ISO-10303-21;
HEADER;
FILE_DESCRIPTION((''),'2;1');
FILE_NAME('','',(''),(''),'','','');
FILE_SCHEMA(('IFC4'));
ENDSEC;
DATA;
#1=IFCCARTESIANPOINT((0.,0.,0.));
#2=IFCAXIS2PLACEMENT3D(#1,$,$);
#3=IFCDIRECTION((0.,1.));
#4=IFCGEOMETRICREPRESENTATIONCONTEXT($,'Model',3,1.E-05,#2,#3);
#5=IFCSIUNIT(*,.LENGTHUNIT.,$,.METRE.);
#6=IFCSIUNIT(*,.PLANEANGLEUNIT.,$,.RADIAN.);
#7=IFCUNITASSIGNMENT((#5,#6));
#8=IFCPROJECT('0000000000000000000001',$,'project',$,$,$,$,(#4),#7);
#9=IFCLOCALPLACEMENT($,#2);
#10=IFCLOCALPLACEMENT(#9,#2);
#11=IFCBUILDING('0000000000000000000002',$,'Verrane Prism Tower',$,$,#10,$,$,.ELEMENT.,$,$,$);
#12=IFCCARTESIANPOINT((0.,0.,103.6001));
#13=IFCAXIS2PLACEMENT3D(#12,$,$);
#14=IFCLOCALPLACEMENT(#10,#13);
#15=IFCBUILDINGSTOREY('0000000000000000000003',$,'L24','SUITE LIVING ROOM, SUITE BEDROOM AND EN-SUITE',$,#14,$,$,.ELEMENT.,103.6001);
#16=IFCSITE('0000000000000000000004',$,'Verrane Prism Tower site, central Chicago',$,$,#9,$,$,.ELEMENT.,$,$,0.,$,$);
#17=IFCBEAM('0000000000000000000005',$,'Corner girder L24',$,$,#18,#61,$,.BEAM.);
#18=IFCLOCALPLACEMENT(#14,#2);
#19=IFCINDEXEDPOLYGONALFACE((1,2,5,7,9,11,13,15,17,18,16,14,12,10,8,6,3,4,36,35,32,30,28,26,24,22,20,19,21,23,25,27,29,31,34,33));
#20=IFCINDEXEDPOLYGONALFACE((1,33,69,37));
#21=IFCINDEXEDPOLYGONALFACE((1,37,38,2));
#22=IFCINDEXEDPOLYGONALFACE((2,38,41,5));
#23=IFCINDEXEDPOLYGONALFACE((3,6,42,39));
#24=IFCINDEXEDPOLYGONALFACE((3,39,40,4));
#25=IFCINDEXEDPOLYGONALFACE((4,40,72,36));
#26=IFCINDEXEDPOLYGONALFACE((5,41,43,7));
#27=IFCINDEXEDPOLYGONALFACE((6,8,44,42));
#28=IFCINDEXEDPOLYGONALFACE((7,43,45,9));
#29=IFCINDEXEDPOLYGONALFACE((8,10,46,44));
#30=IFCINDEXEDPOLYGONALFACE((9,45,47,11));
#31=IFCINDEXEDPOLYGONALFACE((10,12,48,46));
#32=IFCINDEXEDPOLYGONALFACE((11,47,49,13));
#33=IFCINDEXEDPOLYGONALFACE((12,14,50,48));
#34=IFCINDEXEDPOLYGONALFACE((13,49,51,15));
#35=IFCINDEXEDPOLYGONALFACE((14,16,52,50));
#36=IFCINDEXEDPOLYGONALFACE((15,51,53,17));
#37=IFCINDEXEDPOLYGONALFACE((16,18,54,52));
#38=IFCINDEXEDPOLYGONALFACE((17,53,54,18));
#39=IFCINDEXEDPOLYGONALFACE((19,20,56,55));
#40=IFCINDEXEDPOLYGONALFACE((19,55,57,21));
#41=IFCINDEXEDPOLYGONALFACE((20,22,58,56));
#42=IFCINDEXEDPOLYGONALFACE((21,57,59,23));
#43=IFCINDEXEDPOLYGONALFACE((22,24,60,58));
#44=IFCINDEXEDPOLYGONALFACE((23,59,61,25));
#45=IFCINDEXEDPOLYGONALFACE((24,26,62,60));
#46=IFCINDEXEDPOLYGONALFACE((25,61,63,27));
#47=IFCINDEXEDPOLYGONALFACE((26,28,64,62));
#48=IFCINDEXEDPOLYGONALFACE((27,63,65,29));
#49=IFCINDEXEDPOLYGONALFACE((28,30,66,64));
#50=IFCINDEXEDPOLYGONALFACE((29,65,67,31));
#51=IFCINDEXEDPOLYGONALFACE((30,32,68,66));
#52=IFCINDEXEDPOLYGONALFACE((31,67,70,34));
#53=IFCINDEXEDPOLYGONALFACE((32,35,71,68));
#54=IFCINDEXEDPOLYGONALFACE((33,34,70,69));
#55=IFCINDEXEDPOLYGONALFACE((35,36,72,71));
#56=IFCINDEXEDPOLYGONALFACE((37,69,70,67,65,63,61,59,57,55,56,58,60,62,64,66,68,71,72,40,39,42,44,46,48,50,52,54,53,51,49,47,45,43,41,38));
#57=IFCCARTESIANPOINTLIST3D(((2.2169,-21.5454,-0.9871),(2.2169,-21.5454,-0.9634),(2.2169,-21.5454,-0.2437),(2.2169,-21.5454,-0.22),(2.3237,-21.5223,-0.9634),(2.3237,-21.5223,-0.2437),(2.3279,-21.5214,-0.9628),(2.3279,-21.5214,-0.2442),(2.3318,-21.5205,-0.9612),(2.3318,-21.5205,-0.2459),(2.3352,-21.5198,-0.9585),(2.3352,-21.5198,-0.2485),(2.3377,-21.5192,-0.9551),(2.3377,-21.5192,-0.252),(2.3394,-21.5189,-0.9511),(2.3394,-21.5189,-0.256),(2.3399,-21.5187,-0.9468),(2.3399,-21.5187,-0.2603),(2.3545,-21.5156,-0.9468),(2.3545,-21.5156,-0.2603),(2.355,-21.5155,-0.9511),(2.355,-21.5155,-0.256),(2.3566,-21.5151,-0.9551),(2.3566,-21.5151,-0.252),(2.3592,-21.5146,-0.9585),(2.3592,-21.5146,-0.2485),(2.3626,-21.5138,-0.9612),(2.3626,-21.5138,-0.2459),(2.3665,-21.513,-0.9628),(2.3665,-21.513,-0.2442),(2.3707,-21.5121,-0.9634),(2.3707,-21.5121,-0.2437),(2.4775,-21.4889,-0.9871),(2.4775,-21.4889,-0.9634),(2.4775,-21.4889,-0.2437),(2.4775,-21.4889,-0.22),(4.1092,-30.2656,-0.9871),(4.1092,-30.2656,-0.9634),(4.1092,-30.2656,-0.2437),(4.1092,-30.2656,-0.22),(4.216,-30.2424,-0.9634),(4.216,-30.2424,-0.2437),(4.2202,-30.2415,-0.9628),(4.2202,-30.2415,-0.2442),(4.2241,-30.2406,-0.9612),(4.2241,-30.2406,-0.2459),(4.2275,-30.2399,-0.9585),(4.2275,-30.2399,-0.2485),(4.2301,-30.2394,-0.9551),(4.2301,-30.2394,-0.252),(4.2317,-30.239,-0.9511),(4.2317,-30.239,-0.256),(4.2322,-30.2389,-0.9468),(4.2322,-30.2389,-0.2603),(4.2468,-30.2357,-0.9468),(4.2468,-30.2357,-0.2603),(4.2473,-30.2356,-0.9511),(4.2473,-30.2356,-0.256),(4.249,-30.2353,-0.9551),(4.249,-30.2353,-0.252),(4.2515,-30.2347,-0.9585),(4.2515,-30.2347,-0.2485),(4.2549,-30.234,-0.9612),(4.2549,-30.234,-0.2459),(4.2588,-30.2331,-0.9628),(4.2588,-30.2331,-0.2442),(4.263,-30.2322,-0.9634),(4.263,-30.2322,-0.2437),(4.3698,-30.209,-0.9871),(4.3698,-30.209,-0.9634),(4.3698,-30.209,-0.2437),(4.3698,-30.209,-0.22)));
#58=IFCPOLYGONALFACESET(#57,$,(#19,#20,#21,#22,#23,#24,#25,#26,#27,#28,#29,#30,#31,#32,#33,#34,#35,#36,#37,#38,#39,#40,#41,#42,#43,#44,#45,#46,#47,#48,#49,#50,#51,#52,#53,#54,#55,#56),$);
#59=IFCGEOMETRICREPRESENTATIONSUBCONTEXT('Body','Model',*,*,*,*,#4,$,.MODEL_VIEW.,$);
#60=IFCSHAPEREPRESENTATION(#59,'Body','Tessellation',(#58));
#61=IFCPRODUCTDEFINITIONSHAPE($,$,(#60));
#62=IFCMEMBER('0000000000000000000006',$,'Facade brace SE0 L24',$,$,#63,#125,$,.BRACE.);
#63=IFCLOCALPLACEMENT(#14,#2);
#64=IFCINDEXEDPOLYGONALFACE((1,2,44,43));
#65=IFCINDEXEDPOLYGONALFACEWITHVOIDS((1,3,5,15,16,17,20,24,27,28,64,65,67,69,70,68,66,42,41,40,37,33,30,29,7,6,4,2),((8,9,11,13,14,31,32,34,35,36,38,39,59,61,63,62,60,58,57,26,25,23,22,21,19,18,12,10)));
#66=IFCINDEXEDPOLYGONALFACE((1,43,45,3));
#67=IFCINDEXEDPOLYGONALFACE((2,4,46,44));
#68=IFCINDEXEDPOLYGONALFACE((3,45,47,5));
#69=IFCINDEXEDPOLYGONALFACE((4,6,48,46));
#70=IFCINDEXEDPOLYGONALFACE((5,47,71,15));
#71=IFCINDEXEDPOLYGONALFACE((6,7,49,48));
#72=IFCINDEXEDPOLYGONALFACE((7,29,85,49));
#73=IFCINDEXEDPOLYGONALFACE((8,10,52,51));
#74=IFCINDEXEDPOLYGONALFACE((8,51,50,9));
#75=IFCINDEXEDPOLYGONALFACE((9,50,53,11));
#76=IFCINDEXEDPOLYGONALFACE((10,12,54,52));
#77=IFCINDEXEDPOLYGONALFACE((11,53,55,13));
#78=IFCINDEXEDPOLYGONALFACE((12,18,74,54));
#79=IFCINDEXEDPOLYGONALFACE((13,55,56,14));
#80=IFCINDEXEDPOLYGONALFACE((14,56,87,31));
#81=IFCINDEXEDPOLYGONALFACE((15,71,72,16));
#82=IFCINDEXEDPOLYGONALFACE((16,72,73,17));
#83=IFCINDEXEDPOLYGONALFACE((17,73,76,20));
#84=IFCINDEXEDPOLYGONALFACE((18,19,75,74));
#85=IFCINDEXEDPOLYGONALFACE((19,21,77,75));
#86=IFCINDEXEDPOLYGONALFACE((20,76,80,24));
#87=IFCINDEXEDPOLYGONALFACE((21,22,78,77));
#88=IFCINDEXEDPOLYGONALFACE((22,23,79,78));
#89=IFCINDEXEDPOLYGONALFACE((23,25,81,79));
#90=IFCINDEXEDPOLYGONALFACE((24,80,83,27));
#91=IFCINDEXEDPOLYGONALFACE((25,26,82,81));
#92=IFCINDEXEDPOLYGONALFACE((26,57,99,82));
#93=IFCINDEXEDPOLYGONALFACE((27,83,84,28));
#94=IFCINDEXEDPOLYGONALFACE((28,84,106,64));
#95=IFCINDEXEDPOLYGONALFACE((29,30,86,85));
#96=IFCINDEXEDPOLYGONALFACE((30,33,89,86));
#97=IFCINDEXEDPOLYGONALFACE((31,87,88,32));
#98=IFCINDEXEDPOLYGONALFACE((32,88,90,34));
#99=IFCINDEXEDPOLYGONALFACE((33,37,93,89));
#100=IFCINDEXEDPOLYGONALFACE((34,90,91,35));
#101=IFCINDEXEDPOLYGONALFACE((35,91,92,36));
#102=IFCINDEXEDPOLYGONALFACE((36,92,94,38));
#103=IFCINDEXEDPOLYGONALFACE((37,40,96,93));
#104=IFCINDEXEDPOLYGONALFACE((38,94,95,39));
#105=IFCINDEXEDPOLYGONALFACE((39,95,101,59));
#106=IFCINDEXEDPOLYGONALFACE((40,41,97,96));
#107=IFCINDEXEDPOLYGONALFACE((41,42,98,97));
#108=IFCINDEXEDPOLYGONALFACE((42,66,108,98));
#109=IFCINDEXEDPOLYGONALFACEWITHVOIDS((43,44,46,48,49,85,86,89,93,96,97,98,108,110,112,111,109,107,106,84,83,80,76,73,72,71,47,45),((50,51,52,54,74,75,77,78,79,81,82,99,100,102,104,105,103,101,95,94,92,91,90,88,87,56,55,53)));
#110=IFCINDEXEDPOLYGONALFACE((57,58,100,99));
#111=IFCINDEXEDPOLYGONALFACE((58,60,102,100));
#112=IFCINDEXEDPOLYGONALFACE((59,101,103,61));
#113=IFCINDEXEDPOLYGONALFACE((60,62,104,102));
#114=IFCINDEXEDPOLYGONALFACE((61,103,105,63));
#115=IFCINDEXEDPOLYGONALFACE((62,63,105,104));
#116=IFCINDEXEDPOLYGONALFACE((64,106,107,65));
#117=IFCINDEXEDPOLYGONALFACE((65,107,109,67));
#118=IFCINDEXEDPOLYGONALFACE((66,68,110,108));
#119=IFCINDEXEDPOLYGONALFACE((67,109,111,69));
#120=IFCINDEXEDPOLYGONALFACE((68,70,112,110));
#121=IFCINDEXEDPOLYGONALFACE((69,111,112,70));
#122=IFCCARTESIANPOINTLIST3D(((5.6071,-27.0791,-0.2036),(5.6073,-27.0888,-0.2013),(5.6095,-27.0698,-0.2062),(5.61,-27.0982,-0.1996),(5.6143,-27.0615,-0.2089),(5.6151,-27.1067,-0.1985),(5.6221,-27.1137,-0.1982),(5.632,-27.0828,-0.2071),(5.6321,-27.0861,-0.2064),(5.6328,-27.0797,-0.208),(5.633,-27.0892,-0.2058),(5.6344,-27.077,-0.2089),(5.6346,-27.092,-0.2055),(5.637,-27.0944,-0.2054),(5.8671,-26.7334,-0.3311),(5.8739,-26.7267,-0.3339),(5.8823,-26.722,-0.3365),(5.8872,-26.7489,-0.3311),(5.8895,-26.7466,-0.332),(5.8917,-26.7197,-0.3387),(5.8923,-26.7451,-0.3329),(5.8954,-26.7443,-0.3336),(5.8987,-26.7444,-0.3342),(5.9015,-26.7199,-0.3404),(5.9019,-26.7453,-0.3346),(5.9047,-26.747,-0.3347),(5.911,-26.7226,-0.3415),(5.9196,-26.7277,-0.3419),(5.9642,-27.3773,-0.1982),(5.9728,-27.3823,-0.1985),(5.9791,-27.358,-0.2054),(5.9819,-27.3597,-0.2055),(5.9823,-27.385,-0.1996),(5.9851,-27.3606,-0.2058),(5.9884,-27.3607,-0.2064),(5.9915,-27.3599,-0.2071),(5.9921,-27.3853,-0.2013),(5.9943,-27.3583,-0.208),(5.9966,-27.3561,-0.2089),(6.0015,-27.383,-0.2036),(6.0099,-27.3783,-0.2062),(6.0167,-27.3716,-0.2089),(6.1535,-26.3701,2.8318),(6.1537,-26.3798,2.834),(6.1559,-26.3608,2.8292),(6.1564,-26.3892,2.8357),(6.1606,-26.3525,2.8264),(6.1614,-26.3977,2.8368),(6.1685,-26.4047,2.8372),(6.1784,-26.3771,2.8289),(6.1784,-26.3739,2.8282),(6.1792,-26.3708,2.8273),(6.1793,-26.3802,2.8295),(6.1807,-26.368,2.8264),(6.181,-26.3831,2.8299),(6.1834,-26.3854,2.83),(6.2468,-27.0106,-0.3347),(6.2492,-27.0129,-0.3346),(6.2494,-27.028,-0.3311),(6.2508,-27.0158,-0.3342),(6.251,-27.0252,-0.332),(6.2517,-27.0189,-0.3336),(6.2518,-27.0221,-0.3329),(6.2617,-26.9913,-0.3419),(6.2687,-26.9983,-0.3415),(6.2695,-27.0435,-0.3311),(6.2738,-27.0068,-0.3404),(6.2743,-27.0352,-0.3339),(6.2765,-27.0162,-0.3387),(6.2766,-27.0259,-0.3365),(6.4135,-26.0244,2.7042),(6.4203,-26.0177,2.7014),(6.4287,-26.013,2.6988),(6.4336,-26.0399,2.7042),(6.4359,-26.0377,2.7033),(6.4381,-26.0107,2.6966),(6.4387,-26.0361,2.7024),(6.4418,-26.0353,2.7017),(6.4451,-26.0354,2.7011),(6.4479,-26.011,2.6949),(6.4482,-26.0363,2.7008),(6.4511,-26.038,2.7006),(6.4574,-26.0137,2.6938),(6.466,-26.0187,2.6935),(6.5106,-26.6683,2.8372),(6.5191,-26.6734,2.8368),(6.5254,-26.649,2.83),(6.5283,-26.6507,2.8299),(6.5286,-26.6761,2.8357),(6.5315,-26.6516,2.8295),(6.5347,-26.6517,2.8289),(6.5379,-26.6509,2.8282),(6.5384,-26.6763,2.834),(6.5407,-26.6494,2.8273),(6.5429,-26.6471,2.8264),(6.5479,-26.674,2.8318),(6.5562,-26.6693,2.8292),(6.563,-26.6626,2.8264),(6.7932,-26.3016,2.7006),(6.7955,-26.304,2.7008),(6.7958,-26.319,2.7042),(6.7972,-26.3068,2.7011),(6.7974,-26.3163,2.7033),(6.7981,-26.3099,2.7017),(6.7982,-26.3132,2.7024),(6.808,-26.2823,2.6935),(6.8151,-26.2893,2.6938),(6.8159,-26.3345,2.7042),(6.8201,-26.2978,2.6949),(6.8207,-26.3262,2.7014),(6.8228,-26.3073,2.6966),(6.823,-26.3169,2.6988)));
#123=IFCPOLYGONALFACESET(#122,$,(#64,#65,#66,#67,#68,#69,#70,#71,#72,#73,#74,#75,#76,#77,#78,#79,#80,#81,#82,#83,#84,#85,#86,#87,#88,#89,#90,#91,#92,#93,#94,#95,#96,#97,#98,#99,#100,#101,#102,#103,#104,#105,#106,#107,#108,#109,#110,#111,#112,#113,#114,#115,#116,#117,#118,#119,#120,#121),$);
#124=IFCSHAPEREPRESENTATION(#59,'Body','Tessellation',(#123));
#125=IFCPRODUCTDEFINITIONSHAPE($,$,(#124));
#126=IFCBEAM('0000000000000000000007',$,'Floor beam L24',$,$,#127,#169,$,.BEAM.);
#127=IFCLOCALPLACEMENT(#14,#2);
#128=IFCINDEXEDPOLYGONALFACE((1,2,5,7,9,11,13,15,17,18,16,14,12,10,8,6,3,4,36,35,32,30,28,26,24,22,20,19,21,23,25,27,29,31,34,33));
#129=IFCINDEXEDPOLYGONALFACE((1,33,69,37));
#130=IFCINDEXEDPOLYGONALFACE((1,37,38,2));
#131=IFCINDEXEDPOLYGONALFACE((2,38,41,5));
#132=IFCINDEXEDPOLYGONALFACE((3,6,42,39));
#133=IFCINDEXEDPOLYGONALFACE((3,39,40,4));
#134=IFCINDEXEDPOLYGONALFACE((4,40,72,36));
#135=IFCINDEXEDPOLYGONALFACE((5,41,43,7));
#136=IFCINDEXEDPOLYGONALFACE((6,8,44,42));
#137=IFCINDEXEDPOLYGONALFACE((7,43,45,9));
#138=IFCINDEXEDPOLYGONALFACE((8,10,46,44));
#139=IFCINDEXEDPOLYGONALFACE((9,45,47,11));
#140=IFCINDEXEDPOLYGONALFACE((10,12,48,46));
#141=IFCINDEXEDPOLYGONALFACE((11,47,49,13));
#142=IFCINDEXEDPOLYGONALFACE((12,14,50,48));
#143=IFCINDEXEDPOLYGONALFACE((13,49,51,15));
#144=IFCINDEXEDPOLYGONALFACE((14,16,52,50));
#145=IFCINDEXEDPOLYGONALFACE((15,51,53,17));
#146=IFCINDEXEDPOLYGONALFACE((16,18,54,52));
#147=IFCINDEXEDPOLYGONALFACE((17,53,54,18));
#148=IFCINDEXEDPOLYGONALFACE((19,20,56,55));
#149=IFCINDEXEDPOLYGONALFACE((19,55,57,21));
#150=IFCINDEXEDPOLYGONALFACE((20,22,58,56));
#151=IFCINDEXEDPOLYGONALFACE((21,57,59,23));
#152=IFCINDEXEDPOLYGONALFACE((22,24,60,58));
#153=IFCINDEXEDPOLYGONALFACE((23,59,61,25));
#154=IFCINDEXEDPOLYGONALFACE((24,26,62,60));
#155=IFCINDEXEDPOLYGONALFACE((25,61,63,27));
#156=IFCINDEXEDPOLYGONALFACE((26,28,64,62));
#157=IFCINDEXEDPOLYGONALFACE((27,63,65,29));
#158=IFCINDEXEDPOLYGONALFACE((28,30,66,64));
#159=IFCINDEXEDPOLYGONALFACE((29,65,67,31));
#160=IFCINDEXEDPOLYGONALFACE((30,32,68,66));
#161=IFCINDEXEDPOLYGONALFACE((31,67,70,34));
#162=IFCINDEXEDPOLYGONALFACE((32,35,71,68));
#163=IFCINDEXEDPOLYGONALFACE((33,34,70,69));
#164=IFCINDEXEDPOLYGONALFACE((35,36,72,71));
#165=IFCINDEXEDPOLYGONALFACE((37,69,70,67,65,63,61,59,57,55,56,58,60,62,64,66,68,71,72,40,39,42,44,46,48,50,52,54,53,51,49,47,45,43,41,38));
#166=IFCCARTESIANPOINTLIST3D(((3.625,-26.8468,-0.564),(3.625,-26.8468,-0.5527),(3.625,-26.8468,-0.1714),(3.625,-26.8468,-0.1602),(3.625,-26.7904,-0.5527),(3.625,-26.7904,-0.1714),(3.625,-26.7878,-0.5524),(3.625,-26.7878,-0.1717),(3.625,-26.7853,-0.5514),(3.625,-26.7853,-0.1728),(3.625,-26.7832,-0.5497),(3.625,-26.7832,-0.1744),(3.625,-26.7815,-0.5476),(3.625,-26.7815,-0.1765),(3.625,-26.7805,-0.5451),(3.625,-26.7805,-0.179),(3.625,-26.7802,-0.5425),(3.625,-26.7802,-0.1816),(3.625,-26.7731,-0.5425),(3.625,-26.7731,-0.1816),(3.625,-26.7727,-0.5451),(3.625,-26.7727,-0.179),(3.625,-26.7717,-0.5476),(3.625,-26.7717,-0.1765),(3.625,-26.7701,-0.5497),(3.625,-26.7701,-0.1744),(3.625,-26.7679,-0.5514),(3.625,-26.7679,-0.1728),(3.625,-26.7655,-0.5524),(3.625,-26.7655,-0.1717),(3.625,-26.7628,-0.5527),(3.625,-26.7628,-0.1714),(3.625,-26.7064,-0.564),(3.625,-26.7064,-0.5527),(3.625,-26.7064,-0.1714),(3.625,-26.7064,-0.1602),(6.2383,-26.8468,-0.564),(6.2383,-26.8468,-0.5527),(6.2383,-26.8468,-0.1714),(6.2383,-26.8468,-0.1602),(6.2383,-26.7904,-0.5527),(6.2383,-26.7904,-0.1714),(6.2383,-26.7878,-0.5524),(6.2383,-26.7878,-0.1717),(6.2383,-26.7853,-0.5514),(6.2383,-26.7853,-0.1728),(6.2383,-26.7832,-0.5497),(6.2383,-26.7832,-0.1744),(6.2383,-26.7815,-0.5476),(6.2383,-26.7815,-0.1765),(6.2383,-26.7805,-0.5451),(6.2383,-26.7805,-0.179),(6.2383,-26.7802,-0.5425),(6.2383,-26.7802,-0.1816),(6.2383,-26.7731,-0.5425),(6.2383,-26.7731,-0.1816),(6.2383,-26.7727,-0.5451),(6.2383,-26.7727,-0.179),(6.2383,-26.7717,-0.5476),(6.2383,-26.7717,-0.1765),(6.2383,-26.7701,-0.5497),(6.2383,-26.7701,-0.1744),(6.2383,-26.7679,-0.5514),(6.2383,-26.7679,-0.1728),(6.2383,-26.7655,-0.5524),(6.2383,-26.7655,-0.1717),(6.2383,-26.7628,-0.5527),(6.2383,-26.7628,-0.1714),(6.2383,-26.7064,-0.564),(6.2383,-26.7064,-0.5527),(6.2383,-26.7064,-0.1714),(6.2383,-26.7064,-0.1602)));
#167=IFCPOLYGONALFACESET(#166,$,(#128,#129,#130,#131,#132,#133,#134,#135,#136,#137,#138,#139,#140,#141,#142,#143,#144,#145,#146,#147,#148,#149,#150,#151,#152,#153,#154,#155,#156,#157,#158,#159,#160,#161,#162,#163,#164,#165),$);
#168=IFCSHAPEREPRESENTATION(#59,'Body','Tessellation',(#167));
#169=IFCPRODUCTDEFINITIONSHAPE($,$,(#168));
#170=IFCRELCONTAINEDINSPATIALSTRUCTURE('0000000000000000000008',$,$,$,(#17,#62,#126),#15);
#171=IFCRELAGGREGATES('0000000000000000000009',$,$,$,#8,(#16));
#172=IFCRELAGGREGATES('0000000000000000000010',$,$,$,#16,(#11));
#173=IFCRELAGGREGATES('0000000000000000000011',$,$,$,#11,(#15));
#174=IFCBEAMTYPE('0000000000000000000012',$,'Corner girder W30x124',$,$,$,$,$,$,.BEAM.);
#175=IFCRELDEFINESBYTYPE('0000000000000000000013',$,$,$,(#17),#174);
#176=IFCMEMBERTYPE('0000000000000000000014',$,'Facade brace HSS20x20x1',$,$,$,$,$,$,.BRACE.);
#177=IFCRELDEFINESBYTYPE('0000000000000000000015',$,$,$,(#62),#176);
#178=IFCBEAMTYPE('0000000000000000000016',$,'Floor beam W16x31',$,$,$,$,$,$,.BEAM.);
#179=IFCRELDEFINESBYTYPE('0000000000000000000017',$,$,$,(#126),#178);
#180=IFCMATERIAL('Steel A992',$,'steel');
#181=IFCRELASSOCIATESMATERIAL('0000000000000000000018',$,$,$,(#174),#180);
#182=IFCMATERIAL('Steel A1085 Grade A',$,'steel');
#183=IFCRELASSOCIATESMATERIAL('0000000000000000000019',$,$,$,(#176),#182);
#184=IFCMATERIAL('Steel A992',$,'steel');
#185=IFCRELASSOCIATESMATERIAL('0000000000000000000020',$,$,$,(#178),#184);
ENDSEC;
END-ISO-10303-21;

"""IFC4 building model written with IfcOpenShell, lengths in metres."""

from ifc_helpers import new_model, si_unit, direction, frame, origin, origin_2d, place, context, subcontext, project, spatial, hollow_rectangle, i_section, extrude, material, material_profile, profile_set, type_object, element, save


model = new_model("IFC4")

# Units and contexts
model_context = context("Model", 3, precision=1e-05, world=origin(), true_north=direction((0.0, 1.0)))
body_context = subcontext(model_context, "Body", "Model", "MODEL_VIEW")
ifc_project = project(units=[si_unit("LENGTHUNIT", "METRE"), si_unit("PLANEANGLEUNIT", "RADIAN")], contexts=[model_context])

# Site, building, storey
site_placement = place(None, origin())
site = spatial("IfcSite", under=ifc_project, at=site_placement, Name="Verrane Prism Tower site, central Chicago", CompositionType="ELEMENT", RefElevation=0.0)
building_placement = place(site_placement, origin())
building = spatial("IfcBuilding", under=site, at=building_placement, Name="Verrane Prism Tower", CompositionType="ELEMENT")
storey_placement = place(building_placement, frame((0.0, 0.0, 103.6001)))
storey = spatial("IfcBuildingStorey", under=building, at=storey_placement, Name="L24", Description="SUITE LIVING ROOM, SUITE BEDROOM AND EN-SUITE", CompositionType="ELEMENT", Elevation=103.6001)

# Beam
ifc_material_1 = material(Name="Steel A992", Category="steel")
ifc_material_profile_1 = material_profile(ifc_material_1, i_section(OverallWidth=0.2666, OverallDepth=0.7671, WebThickness=0.0149, FlangeThickness=0.0237, FilletRadius=0.0166, at=origin_2d()), Name="W30x124")
ifc_profile_set_1 = profile_set([ifc_material_profile_1], Name="Steel A992")
beam_type_1 = type_object("IfcBeamType", Name="Corner girder W30x124", PredefinedType="BEAM", material=ifc_profile_set_1)
beam_1_placement = place(storey_placement, frame((4.2395, -30.2373, -0.6035), z_axis=(-0.21207, 0.977255, 0.0), x_axis=(-0.977255, -0.21207, 0.0)))
element("IfcBeam", 1, at=beam_1_placement, inside=storey, type_object=beam_type_1, Name="Corner girder L24", PredefinedType="BEAM", context=body_context, shape_type="SweptSolid", body=[
    extrude(i_section(OverallWidth=0.2666, OverallDepth=0.7671, WebThickness=0.0149, FlangeThickness=0.0237, FilletRadius=0.0166, at=origin_2d()), origin(), (0.0, 0.0, 1.0), 8.9231),
])

# Member
ifc_material_2 = material(Name="Steel A1085 Grade A", Category="steel")
ifc_material_profile_2 = material_profile(ifc_material_2, hollow_rectangle(XDim=0.5081, YDim=0.5081, WallThickness=0.0254, InnerFilletRadius=0.0127, OuterFilletRadius=0.0381, at=origin_2d()), Name="HSS20x20x1")
ifc_profile_set_2 = profile_set([ifc_material_profile_2], Name="Steel A1085 Grade A")
member_type_1 = type_object("IfcMemberType", Name="Facade brace HSS20x20x1", PredefinedType="BRACE", material=ifc_profile_set_2)
member_1_placement = place(storey_placement, frame((5.9419, -27.0525, -0.27), z_axis=(0.172654, 0.224034, 0.959166), x_axis=(-0.792076, 0.610422, 0.0)))
element("IfcMember", 2, at=member_1_placement, inside=storey, type_object=member_type_1, Name="Facade brace SE0 L24", PredefinedType="BRACE", context=body_context, shape_type="SweptSolid", body=[
    extrude(hollow_rectangle(XDim=0.5081, YDim=0.5081, WallThickness=0.0254, InnerFilletRadius=0.0127, OuterFilletRadius=0.0381, at=origin_2d()), origin(), (0.0, 0.0, 1.0), 3.1646),
])

# Beam
ifc_material_3 = material(Name="Steel A992", Category="steel")
ifc_material_profile_3 = material_profile(ifc_material_3, i_section(OverallWidth=0.1404, OverallDepth=0.4038, WebThickness=0.0071, FlangeThickness=0.0112, FilletRadius=0.0103, at=origin_2d()), Name="W16x31")
ifc_profile_set_3 = profile_set([ifc_material_profile_3], Name="Steel A992")
beam_type_2 = type_object("IfcBeamType", Name="Floor beam W16x31", PredefinedType="BEAM", material=ifc_profile_set_3)
beam_2_placement = place(storey_placement, frame((3.625, -26.7766, -0.3621), z_axis=(1.0, 0.0, 0.0), x_axis=(0.0, 1.0, 0.0)))
element("IfcBeam", 3, at=beam_2_placement, inside=storey, type_object=beam_type_2, Name="Floor beam L24", PredefinedType="BEAM", context=body_context, shape_type="SweptSolid", body=[
    extrude(i_section(OverallWidth=0.1404, OverallDepth=0.4038, WebThickness=0.0071, FlangeThickness=0.0112, FilletRadius=0.0103, at=origin_2d()), origin(), (0.0, 0.0, 1.0), 2.6133),
])

save(model, "model.ifc")
